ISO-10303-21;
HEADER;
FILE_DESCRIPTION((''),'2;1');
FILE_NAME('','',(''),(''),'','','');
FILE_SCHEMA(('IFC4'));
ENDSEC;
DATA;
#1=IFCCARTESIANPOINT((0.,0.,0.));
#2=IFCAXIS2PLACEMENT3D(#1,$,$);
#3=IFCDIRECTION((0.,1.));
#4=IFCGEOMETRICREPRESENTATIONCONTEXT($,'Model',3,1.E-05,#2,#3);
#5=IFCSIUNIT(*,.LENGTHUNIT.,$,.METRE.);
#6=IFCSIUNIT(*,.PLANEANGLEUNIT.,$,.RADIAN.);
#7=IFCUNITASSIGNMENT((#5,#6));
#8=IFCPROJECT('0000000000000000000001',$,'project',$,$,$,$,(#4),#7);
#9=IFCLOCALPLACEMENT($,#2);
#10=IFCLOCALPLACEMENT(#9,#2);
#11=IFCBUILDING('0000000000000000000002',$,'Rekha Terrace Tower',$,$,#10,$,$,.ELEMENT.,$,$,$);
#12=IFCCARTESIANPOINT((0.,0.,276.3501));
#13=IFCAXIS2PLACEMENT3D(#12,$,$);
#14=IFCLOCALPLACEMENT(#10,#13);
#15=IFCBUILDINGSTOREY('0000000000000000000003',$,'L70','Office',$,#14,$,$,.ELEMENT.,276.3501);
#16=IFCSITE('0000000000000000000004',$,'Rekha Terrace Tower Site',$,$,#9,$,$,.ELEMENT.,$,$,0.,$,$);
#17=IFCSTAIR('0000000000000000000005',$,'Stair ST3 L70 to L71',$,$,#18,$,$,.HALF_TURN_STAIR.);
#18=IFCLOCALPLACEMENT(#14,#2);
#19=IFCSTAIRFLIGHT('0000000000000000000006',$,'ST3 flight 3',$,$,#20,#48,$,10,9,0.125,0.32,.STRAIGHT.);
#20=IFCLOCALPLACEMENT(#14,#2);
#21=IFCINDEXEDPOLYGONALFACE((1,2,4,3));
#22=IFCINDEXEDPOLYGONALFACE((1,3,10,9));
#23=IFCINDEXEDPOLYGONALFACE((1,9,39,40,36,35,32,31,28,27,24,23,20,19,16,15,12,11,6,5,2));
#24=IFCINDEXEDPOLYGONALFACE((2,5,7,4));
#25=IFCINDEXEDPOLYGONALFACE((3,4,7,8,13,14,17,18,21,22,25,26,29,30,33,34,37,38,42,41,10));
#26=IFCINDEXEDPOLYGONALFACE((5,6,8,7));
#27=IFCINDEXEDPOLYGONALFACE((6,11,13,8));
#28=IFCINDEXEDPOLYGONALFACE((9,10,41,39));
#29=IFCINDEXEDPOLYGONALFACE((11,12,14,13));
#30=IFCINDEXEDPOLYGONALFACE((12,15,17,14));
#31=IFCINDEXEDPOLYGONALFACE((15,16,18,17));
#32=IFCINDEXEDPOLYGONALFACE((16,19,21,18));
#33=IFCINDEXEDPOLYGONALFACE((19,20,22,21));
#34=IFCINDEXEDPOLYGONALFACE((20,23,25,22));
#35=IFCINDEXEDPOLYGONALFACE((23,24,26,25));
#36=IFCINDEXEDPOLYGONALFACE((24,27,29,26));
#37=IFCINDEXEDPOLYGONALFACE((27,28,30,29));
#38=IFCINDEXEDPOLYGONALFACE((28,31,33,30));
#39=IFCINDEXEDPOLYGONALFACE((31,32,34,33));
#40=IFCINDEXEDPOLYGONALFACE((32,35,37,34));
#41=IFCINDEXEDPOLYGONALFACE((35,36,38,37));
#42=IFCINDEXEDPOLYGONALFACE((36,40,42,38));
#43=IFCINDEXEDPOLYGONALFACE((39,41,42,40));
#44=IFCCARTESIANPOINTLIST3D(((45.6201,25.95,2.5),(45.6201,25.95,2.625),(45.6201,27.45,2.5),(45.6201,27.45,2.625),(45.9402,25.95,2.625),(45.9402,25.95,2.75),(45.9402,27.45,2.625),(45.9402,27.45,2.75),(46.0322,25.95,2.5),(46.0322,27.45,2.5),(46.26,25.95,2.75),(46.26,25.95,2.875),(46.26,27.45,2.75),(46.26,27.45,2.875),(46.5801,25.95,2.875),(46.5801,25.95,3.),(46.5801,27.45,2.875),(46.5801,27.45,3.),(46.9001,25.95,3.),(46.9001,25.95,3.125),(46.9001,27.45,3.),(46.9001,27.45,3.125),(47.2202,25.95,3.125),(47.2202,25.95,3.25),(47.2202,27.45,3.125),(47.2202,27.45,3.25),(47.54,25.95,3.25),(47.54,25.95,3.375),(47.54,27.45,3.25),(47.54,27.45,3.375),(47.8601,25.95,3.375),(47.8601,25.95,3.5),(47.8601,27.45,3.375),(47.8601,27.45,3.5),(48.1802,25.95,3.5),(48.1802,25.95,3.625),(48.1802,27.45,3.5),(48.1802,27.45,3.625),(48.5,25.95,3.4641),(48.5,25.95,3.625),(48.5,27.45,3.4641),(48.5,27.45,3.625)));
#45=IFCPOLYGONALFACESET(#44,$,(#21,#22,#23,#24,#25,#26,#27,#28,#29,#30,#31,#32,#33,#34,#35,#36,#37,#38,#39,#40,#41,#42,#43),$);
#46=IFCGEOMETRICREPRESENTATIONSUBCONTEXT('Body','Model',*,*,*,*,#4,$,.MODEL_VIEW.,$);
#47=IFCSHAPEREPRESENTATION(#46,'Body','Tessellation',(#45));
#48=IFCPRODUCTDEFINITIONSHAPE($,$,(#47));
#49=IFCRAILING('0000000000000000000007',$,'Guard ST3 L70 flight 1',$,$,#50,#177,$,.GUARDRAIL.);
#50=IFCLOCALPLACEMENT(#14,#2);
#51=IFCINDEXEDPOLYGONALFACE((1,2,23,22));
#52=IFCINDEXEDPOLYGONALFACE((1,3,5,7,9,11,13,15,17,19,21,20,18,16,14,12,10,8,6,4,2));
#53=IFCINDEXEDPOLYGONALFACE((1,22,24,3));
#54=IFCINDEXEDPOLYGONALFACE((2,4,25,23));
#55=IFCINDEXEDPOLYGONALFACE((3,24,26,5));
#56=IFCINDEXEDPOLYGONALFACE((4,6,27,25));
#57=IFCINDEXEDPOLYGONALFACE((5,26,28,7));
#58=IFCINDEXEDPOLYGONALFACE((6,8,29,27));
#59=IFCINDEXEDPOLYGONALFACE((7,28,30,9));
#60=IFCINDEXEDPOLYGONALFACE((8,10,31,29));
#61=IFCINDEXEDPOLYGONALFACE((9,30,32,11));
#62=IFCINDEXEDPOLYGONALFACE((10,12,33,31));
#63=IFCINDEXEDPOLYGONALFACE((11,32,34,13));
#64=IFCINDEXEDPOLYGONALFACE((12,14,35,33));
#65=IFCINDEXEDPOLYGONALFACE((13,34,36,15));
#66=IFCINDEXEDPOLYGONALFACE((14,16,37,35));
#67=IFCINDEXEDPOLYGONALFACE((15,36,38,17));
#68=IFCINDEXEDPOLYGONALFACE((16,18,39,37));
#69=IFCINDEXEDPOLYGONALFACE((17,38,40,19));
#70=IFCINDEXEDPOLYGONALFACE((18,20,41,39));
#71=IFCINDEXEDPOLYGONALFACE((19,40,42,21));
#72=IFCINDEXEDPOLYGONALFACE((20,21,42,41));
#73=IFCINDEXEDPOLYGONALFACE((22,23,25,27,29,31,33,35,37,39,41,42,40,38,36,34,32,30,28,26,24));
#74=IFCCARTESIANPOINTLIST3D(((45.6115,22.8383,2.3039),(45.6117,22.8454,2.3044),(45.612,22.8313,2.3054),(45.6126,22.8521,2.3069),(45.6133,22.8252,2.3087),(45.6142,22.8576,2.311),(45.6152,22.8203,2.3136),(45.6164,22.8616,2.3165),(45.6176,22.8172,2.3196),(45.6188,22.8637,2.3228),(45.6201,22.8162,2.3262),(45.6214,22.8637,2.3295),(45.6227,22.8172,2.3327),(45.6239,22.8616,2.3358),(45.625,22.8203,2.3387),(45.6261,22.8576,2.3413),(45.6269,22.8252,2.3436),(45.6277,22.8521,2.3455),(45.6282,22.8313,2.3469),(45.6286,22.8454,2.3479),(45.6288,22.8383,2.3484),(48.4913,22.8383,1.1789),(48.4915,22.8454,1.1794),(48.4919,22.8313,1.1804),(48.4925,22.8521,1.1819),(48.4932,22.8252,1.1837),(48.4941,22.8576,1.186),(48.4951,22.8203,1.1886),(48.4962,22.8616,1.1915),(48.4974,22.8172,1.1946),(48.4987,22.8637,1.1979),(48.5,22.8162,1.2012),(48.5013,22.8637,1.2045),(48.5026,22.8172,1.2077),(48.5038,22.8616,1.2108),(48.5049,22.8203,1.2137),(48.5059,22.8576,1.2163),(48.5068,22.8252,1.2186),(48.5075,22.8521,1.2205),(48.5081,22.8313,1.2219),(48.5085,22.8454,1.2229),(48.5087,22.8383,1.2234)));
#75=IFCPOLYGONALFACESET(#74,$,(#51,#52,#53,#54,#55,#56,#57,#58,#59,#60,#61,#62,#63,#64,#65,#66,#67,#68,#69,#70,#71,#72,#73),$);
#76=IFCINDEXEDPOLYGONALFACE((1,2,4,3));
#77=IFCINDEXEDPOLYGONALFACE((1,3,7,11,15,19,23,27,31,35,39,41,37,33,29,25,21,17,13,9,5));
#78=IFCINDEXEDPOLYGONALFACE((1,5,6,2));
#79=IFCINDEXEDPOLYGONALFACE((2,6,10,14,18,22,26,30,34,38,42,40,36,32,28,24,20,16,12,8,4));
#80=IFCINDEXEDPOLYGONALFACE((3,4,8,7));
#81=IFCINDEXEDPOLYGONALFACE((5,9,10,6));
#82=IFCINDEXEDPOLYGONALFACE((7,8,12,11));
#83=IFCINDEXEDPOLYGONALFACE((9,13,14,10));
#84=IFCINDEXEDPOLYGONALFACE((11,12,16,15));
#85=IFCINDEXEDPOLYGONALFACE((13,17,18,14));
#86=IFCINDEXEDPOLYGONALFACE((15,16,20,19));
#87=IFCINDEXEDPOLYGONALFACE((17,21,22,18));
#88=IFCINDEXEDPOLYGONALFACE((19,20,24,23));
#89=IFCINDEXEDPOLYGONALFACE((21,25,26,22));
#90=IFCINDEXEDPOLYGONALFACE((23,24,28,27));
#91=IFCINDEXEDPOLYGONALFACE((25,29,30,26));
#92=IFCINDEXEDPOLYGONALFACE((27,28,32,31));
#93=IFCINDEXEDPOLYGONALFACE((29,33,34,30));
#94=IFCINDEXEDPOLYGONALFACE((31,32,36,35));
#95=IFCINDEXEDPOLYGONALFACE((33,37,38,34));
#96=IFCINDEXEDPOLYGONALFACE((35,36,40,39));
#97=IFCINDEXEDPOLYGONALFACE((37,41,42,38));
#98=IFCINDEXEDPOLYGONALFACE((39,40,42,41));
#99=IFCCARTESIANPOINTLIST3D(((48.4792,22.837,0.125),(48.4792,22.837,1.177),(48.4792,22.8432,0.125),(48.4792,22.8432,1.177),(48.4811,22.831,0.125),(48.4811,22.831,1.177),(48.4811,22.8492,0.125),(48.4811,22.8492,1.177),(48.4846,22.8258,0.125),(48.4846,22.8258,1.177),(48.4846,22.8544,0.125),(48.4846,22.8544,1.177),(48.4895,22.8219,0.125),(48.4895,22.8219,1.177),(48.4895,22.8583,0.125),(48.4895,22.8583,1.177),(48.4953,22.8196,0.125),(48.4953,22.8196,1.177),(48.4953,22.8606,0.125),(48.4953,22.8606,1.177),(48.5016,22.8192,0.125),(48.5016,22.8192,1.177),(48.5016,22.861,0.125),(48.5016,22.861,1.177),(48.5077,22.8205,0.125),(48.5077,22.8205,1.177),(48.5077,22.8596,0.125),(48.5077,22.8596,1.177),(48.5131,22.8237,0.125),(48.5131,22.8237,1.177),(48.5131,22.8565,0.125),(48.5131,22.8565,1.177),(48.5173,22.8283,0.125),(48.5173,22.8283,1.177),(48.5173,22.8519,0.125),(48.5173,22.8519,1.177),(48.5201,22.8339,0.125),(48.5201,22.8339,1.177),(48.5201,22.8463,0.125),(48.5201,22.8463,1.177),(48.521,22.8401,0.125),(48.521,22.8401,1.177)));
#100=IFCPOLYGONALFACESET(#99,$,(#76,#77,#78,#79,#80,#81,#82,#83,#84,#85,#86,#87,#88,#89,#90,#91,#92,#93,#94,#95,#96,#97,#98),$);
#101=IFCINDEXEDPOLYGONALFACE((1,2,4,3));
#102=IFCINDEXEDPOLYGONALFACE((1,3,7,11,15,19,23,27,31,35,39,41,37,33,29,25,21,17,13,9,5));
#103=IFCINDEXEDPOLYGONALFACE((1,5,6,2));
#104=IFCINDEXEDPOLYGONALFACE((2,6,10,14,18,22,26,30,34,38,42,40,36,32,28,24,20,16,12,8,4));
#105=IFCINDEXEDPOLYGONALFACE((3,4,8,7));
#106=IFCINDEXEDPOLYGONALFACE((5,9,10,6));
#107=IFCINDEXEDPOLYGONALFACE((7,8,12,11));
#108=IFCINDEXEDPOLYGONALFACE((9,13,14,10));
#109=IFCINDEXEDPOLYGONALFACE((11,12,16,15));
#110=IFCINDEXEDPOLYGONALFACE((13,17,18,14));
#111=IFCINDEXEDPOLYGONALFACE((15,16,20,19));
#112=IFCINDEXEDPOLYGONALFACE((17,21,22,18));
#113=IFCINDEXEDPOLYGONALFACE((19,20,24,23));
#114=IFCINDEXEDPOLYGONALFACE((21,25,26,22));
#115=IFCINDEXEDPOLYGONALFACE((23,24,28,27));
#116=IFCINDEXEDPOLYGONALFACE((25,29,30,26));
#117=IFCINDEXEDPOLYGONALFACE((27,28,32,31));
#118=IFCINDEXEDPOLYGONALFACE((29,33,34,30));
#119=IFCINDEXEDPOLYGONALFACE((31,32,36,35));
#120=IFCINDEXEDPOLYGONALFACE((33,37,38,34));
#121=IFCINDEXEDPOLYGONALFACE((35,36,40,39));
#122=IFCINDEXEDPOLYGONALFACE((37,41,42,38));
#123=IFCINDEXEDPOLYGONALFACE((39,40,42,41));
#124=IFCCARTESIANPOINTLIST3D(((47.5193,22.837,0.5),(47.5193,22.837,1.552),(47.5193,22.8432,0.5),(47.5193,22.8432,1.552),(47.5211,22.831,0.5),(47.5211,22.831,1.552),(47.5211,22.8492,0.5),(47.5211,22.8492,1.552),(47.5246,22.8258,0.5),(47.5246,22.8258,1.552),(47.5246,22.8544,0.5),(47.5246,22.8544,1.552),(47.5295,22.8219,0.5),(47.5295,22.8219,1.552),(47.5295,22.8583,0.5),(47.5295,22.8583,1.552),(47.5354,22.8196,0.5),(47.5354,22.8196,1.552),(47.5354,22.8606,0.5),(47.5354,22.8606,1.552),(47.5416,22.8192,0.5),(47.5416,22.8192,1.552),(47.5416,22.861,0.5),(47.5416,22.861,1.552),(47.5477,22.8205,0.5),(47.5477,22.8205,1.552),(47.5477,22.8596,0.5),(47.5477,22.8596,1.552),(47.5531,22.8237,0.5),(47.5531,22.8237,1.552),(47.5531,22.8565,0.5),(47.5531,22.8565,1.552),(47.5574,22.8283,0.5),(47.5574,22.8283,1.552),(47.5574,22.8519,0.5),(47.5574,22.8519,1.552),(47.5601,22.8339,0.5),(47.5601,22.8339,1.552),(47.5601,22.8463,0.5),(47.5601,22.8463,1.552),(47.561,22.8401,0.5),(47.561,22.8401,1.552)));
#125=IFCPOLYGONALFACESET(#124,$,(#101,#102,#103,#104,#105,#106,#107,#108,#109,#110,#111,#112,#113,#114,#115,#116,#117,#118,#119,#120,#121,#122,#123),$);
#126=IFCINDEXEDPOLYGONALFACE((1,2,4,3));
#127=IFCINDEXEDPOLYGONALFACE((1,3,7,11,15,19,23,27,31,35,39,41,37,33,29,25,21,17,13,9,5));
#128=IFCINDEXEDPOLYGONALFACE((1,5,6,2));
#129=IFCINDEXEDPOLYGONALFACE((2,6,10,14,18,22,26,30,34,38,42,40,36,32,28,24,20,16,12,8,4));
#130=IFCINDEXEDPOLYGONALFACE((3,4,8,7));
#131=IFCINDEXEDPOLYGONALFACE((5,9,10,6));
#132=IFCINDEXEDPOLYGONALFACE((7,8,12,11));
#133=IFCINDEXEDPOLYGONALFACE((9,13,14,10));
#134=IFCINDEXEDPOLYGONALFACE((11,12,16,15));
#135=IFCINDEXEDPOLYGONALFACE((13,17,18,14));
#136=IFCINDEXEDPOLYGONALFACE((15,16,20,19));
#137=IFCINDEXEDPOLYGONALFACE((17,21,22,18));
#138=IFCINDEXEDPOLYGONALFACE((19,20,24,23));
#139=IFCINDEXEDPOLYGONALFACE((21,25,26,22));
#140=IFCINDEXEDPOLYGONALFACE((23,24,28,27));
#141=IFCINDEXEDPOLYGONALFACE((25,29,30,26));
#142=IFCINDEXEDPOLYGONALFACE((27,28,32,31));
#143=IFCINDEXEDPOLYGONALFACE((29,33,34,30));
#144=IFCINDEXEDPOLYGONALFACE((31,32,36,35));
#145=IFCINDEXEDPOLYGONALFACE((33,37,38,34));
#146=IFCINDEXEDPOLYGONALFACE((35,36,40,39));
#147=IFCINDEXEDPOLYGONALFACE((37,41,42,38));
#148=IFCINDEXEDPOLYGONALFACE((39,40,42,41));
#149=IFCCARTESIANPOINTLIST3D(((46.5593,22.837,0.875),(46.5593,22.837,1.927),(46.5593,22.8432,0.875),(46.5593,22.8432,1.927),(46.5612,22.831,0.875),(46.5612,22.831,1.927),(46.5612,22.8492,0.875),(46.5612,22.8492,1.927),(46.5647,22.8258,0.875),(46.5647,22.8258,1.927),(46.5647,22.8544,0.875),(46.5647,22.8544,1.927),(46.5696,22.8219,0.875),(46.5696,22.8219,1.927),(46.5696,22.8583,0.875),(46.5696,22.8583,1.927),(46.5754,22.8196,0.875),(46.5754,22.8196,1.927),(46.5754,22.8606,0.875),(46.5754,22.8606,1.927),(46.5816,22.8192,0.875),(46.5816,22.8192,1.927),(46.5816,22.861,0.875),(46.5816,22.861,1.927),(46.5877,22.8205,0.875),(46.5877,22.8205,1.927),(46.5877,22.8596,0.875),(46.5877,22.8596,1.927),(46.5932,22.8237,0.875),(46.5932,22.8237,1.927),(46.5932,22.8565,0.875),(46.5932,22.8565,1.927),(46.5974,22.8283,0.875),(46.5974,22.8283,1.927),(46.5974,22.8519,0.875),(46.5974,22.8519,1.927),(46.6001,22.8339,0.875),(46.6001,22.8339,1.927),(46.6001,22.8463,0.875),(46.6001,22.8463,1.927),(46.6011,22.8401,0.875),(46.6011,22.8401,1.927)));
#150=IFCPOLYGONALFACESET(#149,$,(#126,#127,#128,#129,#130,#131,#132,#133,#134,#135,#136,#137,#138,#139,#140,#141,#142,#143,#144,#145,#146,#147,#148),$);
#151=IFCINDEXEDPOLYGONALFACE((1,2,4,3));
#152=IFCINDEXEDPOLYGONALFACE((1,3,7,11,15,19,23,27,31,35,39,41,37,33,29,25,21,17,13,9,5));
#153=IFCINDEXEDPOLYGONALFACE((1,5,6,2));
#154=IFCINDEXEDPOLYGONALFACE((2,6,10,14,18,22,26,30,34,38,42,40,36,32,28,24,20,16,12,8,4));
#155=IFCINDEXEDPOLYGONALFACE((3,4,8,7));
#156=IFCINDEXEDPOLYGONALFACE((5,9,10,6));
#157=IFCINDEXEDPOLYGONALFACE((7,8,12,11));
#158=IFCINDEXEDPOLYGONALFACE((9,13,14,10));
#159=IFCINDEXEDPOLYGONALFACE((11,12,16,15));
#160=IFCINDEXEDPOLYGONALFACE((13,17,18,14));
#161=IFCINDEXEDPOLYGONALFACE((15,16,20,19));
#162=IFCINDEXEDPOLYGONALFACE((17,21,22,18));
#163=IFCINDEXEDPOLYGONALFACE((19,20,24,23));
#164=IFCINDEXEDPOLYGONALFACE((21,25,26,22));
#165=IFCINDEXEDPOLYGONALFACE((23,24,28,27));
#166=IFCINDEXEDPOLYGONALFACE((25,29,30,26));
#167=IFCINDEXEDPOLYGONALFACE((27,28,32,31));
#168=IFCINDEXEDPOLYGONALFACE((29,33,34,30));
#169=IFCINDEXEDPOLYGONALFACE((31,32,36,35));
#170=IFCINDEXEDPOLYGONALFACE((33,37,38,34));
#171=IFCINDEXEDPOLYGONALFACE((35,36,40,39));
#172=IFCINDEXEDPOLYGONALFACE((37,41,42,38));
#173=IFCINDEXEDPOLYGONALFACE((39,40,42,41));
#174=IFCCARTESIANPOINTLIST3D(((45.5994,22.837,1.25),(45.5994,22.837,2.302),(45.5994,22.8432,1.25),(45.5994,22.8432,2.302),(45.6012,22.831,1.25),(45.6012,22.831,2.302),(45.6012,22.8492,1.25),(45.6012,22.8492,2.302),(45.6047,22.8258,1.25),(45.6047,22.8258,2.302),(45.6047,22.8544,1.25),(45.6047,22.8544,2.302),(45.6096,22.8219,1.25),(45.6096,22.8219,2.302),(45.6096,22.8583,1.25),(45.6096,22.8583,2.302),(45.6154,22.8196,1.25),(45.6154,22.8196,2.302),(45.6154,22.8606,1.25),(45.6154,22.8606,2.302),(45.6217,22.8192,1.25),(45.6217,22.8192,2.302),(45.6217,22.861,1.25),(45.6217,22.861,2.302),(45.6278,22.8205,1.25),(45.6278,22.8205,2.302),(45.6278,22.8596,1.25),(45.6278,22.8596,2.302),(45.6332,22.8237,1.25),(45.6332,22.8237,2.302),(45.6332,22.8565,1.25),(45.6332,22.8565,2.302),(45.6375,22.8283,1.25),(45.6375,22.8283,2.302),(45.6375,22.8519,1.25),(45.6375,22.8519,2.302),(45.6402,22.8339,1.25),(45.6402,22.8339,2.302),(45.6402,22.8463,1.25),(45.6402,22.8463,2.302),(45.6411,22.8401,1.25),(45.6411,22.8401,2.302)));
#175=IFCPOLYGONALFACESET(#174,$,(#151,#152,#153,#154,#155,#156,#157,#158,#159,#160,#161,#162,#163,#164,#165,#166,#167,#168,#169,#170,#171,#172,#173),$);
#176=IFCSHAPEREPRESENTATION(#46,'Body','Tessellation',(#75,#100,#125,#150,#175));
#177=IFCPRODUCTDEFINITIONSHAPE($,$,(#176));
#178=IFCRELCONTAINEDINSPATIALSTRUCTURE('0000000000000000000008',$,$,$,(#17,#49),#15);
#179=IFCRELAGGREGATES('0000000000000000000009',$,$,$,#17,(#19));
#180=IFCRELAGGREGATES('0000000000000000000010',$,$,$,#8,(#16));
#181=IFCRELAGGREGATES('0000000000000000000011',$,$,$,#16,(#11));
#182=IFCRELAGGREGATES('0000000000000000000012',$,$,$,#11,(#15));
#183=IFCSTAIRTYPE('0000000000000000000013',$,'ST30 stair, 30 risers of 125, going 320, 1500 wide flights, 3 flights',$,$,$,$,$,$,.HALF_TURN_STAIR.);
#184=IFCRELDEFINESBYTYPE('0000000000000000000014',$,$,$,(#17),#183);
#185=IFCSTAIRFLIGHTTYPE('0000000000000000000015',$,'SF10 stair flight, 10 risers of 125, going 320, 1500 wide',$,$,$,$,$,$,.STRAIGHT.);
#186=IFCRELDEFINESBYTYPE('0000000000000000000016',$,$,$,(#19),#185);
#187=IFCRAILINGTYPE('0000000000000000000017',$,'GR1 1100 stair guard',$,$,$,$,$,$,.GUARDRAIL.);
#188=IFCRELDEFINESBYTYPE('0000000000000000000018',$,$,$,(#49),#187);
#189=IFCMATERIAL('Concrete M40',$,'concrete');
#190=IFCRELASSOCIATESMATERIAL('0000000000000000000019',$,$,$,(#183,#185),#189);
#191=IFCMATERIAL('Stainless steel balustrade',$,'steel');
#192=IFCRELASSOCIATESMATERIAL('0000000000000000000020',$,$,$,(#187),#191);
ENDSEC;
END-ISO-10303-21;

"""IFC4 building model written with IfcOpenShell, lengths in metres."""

from ifc_helpers import new_model, si_unit, direction, frame, origin, origin_2d, place, context, subcontext, project, spatial, polyline, circle, outline, extrude, material, type_object, element, aggregate, save


model = new_model("IFC4")

# Units and contexts
model_context = context("Model", 3, precision=1e-05, world=origin(), true_north=direction((0.0, 1.0)))
body_context = subcontext(model_context, "Body", "Model", "MODEL_VIEW")
ifc_project = project(units=[si_unit("LENGTHUNIT", "METRE"), si_unit("PLANEANGLEUNIT", "RADIAN")], contexts=[model_context])

# Site, building, storey
site_placement = place(None, origin())
site = spatial("IfcSite", under=ifc_project, at=site_placement, Name="Rekha Terrace Tower Site", CompositionType="ELEMENT", RefElevation=0.0)
building_placement = place(site_placement, origin())
building = spatial("IfcBuilding", under=site, at=building_placement, Name="Rekha Terrace Tower", CompositionType="ELEMENT")
storey_placement = place(building_placement, frame((0.0, 0.0, 276.3501)))
storey = spatial("IfcBuildingStorey", under=building, at=storey_placement, Name="L70", Description="Office", CompositionType="ELEMENT", Elevation=276.3501)

# Stair, stair flight
ifc_material_1 = material(Name="Concrete M40", Category="concrete")
stair_type = type_object("IfcStairType", Name="ST30 stair, 30 risers of 125, going 320, 1500 wide flights, 3 flights", PredefinedType="HALF_TURN_STAIR", material=ifc_material_1)
stair_placement = place(storey_placement, origin())
stair = element("IfcStair", 1, at=stair_placement, inside=storey, type_object=stair_type, Name="Stair ST3 L70 to L71", PredefinedType="HALF_TURN_STAIR")
stair_flight_type = type_object("IfcStairFlightType", Name="SF10 stair flight, 10 risers of 125, going 320, 1500 wide", PredefinedType="STRAIGHT", material=ifc_material_1)
stair_flight_1_placement = place(storey_placement, frame((45.6201, 26.7, 2.5), z_axis=(0.0, 0.0, 1.0), x_axis=(1.0, 0.0, 0.0)))
stair_flight_1 = element("IfcStairFlight", 2, at=stair_flight_1_placement, type_object=stair_flight_type, Name="ST3 flight 3", NumberOfRisers=10, NumberOfTreads=9, PredefinedType="STRAIGHT", RiserHeight=0.125, TreadLength=0.32, context=body_context, shape_type="SweptSolid", body=[
    extrude(outline(polyline([(0.0, 0.0), (0.0, 0.125), (0.3201, 0.125), (0.3201, 0.25), (0.6399, 0.25), (0.6399, 0.375), (0.96, 0.375), (0.96, 0.5), (1.28, 0.5), (1.28, 0.625), (1.6001, 0.625), (1.6001, 0.75), (1.9199, 0.75), (1.9199, 0.875), (2.24, 0.875), (2.24, 1.0), (2.5601, 1.0), (2.5601, 1.125), (2.8799, 1.125), (2.8799, 1.25), (2.8799, 0.9641), (0.4121, 0.0), (0.0, 0.0)])), frame((0.0, 0.75, 0.0), z_axis=(0.0, -1.0, 0.0), x_axis=(1.0, 0.0, 0.0)), (0.0, 0.0, 1.0), 1.5),
])
aggregate(stair, [stair_flight_1])

# Railing
ifc_material_2 = material(Name="Stainless steel balustrade", Category="steel")
railing_type_1 = type_object("IfcRailingType", Name="GR1 1100 stair guard", PredefinedType="GUARDRAIL", material=ifc_material_2)
railing_1_placement = place(storey_placement, frame((48.5, 22.8401, 0.125)))
element("IfcRailing", 3, at=railing_1_placement, inside=storey, type_object=railing_type_1, Name="Guard ST3 L70 flight 1", PredefinedType="GUARDRAIL", context=body_context, shape_type="SweptSolid", body=[
    extrude(circle(Radius=0.0239, at=origin_2d()), frame((0.0, 0.0, 1.0762), z_axis=(-0.931452, 0.0, 0.363863), x_axis=(0.0, -1.0, 0.0)), (0.0, 0.0, 1.0), 3.0918),
    extrude(circle(Radius=0.021, at=origin_2d()), origin(), (0.0, 0.0, 1.0), 1.052),
    extrude(circle(Radius=0.021, at=origin_2d()), frame((-0.96, 0.0, 0.375)), (0.0, 0.0, 1.0), 1.052),
    extrude(circle(Radius=0.021, at=origin_2d()), frame((-1.9199, 0.0, 0.75)), (0.0, 0.0, 1.0), 1.052),
    extrude(circle(Radius=0.021, at=origin_2d()), frame((-2.8799, 0.0, 1.125)), (0.0, 0.0, 1.0), 1.052),
])

save(model, "model.ifc")
